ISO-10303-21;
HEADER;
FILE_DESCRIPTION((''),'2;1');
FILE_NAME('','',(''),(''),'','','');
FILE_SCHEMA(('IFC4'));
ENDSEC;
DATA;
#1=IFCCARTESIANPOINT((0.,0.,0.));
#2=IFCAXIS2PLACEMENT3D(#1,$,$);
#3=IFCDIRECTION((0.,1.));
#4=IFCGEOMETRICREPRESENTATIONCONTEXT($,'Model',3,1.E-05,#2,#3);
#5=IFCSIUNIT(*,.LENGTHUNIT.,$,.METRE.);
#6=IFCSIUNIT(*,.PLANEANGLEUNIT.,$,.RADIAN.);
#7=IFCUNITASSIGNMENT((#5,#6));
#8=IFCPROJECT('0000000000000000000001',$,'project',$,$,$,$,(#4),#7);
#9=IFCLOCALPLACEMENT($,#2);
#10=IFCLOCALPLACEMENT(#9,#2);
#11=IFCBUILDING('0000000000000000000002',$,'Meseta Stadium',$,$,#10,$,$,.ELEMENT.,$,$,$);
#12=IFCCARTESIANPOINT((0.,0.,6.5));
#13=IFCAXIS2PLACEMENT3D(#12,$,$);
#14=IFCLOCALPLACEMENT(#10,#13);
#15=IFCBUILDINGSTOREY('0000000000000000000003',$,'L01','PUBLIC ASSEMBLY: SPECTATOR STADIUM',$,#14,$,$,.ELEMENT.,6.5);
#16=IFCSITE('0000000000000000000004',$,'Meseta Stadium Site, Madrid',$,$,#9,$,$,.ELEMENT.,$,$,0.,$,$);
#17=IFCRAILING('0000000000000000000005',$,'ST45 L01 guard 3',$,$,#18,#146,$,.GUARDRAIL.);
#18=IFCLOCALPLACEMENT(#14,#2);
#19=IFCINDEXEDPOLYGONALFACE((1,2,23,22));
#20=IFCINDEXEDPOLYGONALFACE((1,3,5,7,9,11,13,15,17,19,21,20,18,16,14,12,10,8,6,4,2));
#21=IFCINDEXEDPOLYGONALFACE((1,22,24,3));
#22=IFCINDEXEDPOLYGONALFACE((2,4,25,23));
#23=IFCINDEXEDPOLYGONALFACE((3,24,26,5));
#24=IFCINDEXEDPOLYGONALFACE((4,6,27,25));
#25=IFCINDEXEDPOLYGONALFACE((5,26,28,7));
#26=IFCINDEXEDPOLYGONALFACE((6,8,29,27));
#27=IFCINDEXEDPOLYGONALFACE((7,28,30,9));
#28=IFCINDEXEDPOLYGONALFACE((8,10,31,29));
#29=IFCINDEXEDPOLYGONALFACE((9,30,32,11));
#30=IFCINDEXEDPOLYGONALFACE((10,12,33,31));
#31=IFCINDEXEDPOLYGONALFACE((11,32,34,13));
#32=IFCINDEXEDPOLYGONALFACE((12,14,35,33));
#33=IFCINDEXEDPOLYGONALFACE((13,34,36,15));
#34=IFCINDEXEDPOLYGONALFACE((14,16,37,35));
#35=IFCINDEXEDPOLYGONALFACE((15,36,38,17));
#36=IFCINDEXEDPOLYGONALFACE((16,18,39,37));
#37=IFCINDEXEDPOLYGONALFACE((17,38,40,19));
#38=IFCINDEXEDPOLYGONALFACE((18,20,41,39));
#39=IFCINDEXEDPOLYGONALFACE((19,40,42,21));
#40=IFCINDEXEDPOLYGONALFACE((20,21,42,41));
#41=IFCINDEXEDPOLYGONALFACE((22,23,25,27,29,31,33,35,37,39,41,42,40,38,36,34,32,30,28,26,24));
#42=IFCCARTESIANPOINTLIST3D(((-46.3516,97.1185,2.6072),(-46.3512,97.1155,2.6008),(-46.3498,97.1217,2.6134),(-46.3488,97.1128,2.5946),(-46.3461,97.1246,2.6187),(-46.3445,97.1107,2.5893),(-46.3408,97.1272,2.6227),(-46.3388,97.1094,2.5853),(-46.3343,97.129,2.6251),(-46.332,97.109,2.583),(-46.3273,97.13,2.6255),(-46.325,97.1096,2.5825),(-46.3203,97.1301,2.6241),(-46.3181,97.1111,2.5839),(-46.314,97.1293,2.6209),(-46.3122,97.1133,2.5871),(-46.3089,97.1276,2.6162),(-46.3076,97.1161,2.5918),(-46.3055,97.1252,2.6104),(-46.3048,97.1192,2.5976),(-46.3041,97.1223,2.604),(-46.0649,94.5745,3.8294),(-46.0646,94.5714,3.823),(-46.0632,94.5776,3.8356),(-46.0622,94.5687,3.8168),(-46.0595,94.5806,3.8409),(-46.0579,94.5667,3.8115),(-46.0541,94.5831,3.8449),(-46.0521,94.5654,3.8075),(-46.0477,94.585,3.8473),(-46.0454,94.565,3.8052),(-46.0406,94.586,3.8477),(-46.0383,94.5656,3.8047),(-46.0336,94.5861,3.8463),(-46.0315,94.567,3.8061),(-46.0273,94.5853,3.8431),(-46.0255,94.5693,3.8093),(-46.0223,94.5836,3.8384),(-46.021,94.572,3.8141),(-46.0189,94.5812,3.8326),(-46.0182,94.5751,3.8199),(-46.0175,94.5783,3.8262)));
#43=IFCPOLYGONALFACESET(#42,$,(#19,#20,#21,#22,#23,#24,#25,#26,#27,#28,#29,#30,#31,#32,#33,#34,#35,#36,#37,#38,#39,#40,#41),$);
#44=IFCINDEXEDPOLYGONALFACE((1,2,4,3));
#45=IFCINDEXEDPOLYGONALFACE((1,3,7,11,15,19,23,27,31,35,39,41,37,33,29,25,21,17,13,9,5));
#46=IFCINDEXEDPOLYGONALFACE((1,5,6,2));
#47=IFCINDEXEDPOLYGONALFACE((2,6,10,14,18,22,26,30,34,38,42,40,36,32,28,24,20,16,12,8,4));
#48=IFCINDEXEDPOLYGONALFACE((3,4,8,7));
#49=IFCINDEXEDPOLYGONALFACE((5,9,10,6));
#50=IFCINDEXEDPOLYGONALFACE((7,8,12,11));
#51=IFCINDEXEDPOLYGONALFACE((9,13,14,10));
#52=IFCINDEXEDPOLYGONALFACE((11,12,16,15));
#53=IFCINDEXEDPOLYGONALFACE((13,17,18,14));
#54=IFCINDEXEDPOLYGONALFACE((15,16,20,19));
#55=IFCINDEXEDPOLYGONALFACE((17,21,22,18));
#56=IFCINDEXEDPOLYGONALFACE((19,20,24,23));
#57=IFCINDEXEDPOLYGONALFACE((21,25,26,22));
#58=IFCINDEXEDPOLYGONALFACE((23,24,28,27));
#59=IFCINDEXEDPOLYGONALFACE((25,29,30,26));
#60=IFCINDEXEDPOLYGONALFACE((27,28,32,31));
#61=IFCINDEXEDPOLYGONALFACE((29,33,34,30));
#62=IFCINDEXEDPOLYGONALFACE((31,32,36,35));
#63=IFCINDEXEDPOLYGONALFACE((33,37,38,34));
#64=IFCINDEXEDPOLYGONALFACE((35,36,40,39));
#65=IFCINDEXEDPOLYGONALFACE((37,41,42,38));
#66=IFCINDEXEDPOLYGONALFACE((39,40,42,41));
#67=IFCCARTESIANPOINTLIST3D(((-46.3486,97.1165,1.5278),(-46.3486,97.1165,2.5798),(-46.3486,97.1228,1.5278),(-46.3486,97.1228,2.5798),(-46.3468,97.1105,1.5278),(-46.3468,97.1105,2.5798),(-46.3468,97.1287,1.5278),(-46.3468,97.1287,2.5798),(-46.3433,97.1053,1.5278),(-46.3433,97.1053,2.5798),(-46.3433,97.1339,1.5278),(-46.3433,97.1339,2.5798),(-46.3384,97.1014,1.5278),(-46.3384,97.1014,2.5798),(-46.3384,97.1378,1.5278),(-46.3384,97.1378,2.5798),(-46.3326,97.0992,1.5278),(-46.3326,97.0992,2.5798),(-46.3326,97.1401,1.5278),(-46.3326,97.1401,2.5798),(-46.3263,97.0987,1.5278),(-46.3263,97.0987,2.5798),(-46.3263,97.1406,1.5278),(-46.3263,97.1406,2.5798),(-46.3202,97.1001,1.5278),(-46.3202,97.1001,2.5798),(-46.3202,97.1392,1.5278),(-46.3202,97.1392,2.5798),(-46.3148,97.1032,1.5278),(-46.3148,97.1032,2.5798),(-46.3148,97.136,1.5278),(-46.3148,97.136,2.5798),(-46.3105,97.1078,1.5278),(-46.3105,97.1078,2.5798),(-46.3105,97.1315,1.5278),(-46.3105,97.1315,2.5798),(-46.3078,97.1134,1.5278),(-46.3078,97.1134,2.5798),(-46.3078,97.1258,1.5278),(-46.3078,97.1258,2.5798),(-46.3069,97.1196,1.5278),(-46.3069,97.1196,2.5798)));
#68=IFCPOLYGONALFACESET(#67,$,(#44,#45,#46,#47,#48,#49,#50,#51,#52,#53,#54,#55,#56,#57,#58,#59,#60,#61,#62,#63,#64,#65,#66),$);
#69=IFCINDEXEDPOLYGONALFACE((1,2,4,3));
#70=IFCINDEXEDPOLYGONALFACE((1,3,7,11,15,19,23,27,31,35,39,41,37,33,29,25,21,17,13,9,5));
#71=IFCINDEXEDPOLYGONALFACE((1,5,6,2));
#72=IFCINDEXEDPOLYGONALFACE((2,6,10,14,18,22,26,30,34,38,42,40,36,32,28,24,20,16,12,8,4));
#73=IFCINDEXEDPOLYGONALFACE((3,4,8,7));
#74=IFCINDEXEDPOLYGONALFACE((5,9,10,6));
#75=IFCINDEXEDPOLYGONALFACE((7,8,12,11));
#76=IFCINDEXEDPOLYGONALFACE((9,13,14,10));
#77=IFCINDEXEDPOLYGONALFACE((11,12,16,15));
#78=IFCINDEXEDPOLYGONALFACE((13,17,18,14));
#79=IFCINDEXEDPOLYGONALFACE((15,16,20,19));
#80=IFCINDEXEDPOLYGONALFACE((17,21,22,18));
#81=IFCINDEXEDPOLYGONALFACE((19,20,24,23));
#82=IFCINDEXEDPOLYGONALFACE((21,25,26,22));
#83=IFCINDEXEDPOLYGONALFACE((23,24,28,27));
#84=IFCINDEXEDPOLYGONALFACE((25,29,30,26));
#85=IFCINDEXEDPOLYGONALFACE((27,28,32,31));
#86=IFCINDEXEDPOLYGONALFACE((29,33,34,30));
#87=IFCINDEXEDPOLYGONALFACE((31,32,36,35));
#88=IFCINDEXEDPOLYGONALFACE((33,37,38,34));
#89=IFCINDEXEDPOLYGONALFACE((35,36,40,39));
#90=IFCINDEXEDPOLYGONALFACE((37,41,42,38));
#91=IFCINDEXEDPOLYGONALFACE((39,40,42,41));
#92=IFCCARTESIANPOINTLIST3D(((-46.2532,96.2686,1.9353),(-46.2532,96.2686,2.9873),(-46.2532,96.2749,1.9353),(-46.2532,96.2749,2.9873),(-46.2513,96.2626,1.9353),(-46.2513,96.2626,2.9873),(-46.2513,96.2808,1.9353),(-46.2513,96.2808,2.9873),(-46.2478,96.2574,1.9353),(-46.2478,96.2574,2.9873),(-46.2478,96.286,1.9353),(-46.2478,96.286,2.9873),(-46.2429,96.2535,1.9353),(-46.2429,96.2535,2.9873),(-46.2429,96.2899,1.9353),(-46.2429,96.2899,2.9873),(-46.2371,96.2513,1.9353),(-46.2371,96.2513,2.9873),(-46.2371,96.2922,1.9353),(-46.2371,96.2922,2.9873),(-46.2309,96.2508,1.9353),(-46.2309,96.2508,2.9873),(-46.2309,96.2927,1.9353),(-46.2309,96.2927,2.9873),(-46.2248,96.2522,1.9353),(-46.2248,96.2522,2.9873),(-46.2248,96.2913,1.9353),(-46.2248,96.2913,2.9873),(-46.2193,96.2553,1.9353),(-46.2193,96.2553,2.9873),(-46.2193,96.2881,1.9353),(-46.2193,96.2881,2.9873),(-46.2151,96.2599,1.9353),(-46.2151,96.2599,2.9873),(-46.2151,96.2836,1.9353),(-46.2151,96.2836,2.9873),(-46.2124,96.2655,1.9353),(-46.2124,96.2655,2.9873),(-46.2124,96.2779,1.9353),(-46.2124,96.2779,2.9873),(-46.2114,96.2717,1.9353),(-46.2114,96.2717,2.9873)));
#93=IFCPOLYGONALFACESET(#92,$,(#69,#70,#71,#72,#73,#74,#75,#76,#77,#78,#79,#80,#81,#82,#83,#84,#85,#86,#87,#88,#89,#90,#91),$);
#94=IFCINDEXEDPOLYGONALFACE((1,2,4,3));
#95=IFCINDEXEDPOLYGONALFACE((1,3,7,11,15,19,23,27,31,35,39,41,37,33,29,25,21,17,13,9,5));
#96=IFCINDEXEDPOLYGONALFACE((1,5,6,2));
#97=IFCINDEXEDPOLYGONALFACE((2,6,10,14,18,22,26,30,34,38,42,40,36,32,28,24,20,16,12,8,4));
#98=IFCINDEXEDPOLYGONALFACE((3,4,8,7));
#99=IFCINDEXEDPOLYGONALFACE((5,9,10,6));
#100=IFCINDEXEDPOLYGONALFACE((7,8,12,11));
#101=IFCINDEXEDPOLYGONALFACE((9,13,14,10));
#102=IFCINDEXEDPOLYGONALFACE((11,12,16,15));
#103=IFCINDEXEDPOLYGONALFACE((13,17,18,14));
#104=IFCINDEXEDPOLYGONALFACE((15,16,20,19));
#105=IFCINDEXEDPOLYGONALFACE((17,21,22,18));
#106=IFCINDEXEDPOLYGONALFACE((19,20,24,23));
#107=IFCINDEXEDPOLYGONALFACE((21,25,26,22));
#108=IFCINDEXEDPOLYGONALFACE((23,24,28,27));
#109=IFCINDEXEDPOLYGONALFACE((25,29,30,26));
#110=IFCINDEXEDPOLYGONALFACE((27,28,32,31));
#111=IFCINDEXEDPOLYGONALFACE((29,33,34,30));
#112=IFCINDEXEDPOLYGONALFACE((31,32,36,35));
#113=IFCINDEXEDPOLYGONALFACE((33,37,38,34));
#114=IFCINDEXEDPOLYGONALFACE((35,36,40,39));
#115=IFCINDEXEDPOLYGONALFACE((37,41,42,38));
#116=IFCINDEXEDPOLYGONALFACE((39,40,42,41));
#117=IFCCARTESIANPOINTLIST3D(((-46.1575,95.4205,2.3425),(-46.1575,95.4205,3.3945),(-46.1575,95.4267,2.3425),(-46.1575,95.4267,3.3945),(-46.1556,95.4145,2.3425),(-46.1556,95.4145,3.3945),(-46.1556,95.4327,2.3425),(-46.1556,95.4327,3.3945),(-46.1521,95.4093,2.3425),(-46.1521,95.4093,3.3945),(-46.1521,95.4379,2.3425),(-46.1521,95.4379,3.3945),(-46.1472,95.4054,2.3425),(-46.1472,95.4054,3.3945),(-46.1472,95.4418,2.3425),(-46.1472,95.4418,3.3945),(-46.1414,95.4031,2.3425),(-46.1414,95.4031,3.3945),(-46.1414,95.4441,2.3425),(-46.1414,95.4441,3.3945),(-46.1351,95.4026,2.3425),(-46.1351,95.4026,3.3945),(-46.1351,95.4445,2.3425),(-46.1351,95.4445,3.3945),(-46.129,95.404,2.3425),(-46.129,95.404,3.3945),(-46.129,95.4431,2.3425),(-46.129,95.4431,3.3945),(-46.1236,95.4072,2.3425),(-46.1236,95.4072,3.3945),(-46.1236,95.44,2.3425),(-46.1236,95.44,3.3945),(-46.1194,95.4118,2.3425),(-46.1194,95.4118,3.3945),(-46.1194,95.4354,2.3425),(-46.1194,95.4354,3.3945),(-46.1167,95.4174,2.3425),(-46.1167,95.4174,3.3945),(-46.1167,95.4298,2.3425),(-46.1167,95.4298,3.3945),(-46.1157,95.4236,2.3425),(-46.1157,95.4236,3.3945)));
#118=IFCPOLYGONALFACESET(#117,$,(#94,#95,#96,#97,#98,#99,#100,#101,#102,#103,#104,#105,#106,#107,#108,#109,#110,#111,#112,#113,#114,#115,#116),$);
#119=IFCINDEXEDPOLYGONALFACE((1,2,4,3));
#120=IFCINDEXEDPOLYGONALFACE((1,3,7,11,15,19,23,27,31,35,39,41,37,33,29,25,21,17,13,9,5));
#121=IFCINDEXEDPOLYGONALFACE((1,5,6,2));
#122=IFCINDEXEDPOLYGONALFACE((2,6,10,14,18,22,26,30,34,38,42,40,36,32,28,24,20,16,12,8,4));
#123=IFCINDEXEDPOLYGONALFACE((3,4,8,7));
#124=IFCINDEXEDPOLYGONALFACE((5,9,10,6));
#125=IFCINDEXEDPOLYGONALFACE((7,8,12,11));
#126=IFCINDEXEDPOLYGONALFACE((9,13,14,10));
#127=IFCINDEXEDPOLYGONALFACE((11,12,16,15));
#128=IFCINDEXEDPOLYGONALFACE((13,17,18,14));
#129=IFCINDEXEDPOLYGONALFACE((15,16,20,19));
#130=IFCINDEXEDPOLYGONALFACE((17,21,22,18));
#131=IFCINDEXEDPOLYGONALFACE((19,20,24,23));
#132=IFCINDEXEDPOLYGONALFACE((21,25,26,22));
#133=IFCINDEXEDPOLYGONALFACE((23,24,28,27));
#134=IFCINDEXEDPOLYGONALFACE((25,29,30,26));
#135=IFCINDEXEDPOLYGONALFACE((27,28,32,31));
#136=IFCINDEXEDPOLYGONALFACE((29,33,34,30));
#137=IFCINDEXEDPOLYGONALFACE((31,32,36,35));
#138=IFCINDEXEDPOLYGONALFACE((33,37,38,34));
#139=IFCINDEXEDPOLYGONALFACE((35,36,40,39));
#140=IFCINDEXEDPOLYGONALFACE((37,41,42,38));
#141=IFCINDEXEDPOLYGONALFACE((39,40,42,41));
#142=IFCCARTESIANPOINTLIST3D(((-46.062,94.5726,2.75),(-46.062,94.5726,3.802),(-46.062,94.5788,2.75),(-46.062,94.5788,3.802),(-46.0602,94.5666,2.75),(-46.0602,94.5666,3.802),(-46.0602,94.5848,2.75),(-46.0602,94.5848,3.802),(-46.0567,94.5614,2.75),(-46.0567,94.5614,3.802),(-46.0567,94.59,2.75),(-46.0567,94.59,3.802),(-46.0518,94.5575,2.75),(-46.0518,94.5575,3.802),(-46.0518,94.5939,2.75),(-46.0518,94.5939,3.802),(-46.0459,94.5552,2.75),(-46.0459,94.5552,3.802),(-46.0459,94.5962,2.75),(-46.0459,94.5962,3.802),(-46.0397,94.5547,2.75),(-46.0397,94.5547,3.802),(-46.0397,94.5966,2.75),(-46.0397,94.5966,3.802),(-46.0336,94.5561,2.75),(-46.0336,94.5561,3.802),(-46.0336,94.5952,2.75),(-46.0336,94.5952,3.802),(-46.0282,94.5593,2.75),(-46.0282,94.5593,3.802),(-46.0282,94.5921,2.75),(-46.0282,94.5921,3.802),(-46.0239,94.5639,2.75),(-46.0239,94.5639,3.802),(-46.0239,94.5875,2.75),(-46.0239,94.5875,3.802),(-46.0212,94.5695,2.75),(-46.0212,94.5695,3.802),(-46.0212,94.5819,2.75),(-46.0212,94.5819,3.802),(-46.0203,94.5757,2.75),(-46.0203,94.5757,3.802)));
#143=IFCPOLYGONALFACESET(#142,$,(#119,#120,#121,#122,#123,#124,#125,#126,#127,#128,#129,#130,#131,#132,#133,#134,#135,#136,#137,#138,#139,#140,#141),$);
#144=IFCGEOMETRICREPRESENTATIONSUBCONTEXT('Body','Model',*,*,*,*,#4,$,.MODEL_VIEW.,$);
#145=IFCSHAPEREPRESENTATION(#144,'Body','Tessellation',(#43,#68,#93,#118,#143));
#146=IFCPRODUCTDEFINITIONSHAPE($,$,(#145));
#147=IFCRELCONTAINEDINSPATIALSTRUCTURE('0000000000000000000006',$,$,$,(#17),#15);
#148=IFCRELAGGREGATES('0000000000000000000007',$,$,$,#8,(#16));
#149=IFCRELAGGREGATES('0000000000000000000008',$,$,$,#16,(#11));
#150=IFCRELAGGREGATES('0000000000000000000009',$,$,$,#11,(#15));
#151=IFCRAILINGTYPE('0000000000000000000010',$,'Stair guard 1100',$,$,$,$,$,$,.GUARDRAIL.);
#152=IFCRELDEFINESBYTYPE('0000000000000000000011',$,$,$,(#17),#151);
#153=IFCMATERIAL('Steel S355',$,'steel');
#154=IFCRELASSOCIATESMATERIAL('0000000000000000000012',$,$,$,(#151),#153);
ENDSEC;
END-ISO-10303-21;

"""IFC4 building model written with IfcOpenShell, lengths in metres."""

from ifc_helpers import new_model, si_unit, direction, frame, origin, origin_2d, place, context, subcontext, project, spatial, circle, extrude, material, type_object, element, save


model = new_model("IFC4")

# Units and contexts
model_context = context("Model", 3, precision=1e-05, world=origin(), true_north=direction((0.0, 1.0)))
body_context = subcontext(model_context, "Body", "Model", "MODEL_VIEW")
ifc_project = project(units=[si_unit("LENGTHUNIT", "METRE"), si_unit("PLANEANGLEUNIT", "RADIAN")], contexts=[model_context])

# Site, building, storey
site_placement = place(None, origin())
site = spatial("IfcSite", under=ifc_project, at=site_placement, Name="Meseta Stadium Site, Madrid", CompositionType="ELEMENT", RefElevation=0.0)
building_placement = place(site_placement, origin())
building = spatial("IfcBuilding", under=site, at=building_placement, Name="Meseta Stadium", CompositionType="ELEMENT")
storey_placement = place(building_placement, frame((0.0, 0.0, 6.5)))
storey = spatial("IfcBuildingStorey", under=building, at=storey_placement, Name="L01", Description="PUBLIC ASSEMBLY: SPECTATOR STADIUM", CompositionType="ELEMENT", Elevation=6.5)

# Railing
ifc_material_1 = material(Name="Steel S355", Category="steel")
railing_type_1 = type_object("IfcRailingType", Name="Stair guard 1100", PredefinedType="GUARDRAIL", material=ifc_material_1)
railing_1_placement = place(storey_placement, frame((-46.3279, 97.1196, 1.5278)))
element("IfcRailing", 1, at=railing_1_placement, inside=storey, type_object=railing_type_1, Name="ST45 L01 guard 3", PredefinedType="GUARDRAIL", context=body_context, shape_type="SweptSolid", body=[
    extrude(circle(Radius=0.0239, at=origin_2d()), frame((0.0, 0.0, 1.0762), z_axis=(0.101036, -0.896762, 0.430824), x_axis=(0.993713, 0.11196, 0.0)), (0.0, 0.0, 1.0), 2.8369),
    extrude(circle(Radius=0.021, at=origin_2d()), origin(), (0.0, 0.0, 1.0), 1.052),
    extrude(circle(Radius=0.021, at=origin_2d()), frame((0.0955, -0.8479, 0.4075)), (0.0, 0.0, 1.0), 1.052),
    extrude(circle(Radius=0.021, at=origin_2d()), frame((0.1912, -1.696, 0.8147)), (0.0, 0.0, 1.0), 1.052),
    extrude(circle(Radius=0.021, at=origin_2d()), frame((0.2866, -2.5439, 1.2222)), (0.0, 0.0, 1.0), 1.052),
])

save(model, "model.ifc")
